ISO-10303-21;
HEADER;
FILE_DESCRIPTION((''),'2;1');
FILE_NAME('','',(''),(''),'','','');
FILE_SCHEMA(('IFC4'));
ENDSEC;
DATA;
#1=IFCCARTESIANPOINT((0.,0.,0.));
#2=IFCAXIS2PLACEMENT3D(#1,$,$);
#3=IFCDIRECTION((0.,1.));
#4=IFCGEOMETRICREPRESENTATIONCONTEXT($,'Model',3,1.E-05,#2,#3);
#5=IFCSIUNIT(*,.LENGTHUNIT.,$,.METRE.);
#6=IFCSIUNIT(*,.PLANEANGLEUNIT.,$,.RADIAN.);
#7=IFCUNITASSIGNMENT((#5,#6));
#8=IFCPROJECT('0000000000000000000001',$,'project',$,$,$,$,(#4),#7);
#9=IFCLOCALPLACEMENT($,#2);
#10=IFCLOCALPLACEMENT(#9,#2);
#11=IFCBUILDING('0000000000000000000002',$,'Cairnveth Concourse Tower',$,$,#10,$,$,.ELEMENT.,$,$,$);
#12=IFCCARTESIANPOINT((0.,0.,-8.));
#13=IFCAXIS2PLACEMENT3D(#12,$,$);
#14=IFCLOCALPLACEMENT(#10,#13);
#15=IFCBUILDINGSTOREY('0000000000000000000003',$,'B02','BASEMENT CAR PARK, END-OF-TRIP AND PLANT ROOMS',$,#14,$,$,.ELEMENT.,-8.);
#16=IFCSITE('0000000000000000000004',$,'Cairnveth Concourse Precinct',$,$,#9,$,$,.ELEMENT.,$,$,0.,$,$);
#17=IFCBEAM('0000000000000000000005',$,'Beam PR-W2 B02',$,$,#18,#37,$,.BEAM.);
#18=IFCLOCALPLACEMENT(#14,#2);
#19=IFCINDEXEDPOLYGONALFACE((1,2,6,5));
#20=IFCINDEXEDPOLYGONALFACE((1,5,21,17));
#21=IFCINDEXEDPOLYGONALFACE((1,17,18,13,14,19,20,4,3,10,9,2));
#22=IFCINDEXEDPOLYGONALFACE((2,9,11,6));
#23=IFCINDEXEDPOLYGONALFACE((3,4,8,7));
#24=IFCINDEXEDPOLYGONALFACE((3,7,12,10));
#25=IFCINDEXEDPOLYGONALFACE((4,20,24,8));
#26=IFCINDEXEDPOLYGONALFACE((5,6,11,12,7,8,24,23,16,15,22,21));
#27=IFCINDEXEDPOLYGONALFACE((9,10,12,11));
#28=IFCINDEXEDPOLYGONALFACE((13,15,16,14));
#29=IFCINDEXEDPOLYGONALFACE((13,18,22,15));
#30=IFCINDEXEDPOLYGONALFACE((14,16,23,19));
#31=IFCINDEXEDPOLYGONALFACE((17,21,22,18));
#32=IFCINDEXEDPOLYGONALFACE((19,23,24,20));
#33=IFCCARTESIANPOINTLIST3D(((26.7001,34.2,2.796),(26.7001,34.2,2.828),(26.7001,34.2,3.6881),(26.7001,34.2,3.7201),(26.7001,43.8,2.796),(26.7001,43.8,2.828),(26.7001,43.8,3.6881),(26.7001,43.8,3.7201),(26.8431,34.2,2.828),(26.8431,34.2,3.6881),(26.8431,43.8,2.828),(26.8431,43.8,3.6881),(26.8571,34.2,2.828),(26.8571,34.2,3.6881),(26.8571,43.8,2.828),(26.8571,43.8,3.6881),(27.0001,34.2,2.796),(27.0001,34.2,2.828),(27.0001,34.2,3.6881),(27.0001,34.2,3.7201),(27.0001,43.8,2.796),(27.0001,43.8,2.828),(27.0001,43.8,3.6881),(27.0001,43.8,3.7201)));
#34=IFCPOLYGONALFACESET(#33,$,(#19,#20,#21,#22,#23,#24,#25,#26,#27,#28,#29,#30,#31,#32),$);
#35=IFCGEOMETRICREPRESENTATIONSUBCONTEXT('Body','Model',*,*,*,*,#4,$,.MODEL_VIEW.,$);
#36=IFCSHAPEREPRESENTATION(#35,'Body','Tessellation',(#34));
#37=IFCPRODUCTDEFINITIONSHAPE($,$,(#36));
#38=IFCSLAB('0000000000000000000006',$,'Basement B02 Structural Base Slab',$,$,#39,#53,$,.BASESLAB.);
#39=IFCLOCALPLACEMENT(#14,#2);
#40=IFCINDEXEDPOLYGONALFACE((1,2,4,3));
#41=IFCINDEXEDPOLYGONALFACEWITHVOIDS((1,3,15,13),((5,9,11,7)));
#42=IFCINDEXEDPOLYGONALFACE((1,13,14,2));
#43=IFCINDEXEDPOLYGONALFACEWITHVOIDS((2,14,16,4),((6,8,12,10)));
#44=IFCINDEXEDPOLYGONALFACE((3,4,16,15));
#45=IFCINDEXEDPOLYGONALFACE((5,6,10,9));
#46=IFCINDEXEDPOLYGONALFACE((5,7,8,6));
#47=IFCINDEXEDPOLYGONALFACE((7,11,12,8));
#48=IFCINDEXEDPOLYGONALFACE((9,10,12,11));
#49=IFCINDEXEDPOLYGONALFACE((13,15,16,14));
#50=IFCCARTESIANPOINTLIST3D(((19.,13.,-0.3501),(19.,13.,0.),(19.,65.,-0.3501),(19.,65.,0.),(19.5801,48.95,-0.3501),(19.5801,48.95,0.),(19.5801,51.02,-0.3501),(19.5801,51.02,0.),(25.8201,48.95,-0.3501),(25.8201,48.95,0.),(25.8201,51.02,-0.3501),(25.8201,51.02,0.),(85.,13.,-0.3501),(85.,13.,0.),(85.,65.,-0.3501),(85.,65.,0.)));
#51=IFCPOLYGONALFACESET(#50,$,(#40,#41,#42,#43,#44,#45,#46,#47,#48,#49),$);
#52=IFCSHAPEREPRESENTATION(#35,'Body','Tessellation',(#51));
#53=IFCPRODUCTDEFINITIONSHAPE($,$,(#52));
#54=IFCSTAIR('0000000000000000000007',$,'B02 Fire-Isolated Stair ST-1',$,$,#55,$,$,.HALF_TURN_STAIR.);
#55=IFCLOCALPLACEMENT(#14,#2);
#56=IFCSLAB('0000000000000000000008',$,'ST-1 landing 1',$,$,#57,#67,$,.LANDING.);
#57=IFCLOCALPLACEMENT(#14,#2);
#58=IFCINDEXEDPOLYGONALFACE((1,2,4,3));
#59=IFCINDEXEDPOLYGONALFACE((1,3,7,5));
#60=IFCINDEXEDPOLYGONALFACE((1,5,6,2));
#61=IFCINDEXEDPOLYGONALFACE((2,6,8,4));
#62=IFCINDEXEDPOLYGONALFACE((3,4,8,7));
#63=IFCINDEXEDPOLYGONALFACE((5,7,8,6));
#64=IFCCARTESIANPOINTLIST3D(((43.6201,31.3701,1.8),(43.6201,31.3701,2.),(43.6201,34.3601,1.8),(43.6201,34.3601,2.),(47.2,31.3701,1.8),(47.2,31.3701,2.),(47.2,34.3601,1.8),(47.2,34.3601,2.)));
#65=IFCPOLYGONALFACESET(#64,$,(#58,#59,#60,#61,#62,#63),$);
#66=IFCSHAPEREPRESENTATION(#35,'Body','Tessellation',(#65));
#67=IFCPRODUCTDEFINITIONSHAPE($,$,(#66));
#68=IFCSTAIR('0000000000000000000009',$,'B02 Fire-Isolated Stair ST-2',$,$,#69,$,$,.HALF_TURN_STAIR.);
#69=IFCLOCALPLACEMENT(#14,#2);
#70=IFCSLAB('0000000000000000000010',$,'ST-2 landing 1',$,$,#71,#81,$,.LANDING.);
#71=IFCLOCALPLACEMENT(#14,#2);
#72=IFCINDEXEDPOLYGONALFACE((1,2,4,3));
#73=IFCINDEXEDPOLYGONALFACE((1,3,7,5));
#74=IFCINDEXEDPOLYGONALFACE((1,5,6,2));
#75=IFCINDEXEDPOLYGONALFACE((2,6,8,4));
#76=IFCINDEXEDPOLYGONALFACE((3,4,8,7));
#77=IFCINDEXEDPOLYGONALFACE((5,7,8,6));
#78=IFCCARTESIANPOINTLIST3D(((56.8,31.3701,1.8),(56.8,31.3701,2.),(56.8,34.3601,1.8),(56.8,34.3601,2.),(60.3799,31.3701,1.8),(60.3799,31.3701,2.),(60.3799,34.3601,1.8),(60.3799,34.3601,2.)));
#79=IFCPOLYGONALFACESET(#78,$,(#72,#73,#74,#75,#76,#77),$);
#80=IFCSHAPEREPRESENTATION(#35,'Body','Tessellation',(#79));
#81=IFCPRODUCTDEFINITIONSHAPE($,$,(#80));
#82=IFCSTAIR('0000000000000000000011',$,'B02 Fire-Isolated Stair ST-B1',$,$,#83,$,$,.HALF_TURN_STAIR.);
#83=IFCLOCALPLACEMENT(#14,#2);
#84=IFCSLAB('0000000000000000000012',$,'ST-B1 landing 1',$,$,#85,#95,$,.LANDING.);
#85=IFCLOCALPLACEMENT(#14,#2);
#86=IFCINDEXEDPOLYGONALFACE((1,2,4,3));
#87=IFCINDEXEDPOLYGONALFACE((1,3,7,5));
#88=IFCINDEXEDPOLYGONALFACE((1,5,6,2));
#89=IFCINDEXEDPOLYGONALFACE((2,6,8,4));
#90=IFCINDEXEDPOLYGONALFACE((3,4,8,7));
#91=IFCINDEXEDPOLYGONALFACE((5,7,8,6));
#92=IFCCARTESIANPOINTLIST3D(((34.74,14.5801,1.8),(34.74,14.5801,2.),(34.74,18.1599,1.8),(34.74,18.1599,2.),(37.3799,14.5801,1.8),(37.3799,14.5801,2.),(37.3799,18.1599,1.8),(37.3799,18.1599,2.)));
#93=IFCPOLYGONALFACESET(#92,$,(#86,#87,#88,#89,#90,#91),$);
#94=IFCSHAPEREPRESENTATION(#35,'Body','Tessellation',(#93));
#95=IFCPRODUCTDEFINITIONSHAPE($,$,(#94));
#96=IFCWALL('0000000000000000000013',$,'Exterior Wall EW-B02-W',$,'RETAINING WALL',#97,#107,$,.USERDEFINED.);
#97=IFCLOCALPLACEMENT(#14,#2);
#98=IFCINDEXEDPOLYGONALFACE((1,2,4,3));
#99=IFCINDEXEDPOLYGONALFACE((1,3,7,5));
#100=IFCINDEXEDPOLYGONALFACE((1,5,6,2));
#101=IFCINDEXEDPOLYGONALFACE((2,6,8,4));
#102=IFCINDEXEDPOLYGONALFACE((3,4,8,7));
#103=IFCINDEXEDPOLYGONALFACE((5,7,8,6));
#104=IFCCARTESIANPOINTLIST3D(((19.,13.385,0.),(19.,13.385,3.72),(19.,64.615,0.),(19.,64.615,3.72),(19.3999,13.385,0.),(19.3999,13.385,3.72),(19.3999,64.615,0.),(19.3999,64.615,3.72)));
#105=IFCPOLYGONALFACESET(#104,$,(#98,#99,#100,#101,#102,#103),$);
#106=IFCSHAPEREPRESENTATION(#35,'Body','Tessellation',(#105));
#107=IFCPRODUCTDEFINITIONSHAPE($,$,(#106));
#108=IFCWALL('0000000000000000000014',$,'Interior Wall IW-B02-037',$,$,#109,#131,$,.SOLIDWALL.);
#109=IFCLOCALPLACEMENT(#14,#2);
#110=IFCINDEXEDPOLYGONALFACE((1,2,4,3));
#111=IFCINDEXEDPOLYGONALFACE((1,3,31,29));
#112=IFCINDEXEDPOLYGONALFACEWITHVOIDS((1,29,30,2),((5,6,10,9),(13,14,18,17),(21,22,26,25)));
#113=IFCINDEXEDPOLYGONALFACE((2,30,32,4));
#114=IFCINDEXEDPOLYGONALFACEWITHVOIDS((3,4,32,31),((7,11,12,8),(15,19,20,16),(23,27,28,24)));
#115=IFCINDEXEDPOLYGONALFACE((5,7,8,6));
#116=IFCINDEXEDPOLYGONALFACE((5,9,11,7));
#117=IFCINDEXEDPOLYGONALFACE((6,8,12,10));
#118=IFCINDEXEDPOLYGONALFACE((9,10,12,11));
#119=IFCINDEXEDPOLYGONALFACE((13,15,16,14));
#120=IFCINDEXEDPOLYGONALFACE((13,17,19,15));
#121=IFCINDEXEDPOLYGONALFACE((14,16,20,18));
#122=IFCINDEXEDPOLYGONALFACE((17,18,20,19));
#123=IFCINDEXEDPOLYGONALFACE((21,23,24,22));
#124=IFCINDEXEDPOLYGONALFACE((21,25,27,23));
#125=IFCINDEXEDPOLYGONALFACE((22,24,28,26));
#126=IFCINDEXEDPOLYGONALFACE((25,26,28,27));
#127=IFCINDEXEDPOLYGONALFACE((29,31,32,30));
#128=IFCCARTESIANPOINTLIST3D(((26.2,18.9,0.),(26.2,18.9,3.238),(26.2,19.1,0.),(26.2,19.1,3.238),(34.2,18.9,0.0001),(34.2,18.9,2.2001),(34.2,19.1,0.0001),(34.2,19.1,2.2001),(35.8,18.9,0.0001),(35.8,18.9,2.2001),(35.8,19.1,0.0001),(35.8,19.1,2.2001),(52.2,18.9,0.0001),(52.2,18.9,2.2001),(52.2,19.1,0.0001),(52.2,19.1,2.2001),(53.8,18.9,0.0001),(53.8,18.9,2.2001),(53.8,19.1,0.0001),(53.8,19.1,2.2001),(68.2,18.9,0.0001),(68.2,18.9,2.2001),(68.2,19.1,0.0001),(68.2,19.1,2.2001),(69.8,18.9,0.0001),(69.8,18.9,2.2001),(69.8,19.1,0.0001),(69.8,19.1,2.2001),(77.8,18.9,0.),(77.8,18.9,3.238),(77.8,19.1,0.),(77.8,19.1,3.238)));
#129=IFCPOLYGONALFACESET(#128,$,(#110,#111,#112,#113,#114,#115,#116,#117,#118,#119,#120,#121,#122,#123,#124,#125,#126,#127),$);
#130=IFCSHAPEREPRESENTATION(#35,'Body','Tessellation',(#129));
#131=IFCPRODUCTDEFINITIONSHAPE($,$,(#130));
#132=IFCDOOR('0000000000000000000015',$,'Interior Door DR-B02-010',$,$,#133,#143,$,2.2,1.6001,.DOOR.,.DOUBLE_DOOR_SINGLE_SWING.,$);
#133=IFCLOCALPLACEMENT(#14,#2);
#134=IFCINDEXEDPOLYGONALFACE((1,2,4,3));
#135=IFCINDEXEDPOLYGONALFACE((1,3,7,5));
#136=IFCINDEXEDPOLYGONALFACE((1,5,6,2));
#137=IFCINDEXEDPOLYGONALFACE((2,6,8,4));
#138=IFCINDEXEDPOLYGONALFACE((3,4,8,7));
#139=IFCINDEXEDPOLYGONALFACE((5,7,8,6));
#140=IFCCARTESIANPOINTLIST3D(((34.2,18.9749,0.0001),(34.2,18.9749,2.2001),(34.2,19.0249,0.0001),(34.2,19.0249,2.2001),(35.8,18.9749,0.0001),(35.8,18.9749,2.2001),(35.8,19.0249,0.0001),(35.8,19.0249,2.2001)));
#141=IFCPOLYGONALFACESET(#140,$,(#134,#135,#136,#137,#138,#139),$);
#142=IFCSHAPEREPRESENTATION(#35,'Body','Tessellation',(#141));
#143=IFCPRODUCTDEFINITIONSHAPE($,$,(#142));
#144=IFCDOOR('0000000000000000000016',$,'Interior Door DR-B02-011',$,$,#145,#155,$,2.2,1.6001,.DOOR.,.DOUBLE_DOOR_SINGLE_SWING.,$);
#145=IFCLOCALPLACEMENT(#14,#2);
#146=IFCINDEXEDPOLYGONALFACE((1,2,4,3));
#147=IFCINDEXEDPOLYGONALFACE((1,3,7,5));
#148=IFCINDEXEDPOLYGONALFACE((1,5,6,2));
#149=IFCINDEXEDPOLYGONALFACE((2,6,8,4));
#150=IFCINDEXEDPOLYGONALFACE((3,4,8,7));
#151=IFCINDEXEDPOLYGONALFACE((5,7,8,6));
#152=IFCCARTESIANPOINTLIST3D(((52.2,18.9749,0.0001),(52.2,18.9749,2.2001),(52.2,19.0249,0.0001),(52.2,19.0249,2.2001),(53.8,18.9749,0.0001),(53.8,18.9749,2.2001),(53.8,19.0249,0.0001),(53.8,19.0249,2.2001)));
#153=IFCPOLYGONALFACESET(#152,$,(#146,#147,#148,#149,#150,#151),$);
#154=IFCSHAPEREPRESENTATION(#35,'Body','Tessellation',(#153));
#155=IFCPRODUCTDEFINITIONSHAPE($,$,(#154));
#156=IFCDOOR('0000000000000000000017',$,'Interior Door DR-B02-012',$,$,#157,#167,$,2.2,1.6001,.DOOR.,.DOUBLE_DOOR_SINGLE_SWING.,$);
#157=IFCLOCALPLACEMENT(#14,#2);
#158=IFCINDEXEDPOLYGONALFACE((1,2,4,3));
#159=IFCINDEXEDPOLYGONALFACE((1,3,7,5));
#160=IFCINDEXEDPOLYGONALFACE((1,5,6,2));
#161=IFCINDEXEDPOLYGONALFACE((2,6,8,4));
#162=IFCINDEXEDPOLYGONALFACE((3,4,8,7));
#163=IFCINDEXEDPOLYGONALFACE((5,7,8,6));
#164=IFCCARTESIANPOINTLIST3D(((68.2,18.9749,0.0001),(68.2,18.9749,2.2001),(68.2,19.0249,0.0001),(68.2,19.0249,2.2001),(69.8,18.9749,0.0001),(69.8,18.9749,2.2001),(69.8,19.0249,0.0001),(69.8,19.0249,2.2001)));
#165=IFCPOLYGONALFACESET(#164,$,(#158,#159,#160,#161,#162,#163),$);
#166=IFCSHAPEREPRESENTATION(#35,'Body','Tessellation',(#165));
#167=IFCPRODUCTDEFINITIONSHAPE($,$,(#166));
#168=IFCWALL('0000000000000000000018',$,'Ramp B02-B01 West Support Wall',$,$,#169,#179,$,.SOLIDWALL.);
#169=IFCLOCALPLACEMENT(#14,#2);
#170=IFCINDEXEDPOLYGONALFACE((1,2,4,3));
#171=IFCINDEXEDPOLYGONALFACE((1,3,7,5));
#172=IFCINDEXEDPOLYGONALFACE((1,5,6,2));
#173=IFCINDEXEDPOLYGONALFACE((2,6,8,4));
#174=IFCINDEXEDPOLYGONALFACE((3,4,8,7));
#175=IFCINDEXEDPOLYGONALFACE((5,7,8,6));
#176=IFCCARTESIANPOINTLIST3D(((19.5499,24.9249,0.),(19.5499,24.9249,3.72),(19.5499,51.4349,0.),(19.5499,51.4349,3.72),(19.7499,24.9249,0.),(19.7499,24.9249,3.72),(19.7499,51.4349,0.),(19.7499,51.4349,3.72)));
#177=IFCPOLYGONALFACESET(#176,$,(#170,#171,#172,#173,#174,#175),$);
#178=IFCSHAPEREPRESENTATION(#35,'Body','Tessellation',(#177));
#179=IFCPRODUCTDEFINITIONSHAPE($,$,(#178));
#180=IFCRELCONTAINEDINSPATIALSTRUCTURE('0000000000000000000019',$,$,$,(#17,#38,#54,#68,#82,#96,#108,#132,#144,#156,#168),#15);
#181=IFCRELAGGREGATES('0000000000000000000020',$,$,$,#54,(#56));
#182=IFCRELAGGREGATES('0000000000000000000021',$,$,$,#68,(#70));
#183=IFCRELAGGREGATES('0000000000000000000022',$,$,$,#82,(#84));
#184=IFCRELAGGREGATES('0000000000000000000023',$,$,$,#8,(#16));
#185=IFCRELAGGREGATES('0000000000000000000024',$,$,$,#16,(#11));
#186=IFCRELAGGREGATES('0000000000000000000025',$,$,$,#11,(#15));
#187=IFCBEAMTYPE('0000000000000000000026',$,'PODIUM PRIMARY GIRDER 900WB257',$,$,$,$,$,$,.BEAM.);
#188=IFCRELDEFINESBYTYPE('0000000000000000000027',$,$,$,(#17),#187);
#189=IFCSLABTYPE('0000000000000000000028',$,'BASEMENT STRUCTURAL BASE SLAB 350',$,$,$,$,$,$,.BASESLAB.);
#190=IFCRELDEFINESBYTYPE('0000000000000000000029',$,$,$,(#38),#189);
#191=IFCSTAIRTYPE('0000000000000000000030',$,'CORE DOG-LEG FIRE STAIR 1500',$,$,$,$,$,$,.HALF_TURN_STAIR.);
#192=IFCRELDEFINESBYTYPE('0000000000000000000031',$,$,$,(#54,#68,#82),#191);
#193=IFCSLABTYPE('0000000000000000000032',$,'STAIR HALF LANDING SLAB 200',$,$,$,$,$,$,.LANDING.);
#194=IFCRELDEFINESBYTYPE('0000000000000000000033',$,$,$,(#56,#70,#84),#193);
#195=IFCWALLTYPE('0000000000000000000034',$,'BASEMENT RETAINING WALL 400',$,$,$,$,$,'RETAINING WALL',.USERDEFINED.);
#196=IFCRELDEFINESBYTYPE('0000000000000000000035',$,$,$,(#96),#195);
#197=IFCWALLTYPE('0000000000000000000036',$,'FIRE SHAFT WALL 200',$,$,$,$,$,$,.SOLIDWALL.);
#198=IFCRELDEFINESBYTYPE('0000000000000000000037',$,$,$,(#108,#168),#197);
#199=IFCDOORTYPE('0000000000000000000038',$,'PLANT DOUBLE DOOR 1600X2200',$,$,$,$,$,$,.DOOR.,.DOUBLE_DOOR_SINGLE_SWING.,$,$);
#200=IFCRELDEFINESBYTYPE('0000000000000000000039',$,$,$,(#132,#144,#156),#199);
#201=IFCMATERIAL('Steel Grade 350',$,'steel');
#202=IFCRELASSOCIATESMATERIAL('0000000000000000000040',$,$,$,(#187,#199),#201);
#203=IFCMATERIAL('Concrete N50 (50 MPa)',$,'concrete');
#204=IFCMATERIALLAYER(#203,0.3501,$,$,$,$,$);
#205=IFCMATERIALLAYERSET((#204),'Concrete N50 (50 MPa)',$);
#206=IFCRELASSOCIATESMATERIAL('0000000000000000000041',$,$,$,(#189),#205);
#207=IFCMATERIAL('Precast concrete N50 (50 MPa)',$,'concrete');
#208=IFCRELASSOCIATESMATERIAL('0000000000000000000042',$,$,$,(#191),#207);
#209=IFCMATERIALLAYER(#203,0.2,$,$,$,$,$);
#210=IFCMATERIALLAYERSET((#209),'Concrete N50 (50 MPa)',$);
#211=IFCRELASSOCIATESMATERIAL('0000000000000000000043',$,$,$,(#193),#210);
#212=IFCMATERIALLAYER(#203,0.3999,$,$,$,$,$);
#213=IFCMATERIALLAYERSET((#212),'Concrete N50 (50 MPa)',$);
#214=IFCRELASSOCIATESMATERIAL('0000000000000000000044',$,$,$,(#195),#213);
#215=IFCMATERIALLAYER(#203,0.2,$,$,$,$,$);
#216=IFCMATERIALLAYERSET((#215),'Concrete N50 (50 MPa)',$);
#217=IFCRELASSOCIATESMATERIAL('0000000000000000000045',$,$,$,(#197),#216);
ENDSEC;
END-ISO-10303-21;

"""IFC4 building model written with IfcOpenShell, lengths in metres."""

from ifc_helpers import new_model, si_unit, direction, frame, frame_2d, origin, origin_2d, place, context, subcontext, project, spatial, polyline, rectangle, i_section, outline, extrude, material, layer, layer_set, material_profile, profile_set, type_object, element, fill, aggregate, save


model = new_model("IFC4")

# Units and contexts
model_context = context("Model", 3, precision=1e-05, world=origin(), true_north=direction((0.0, 1.0)))
body_context = subcontext(model_context, "Body", "Model", "MODEL_VIEW")
ifc_project = project(units=[si_unit("LENGTHUNIT", "METRE"), si_unit("PLANEANGLEUNIT", "RADIAN")], contexts=[model_context])

# Site, building, storey
site_placement = place(None, origin())
site = spatial("IfcSite", under=ifc_project, at=site_placement, Name="Cairnveth Concourse Precinct", CompositionType="ELEMENT", RefElevation=0.0)
building_placement = place(site_placement, origin())
building = spatial("IfcBuilding", under=site, at=building_placement, Name="Cairnveth Concourse Tower", CompositionType="ELEMENT")
storey_placement = place(building_placement, frame((0.0, 0.0, -8.0)))
storey = spatial("IfcBuildingStorey", under=building, at=storey_placement, Name="B02", Description="BASEMENT CAR PARK, END-OF-TRIP AND PLANT ROOMS", CompositionType="ELEMENT", Elevation=-8.0)

# Shared definitions
ifc_material_1 = material(Name="Concrete N50 (50 MPa)", Category="concrete")

# Beam
ifc_material_2 = material(Name="Steel Grade 350", Category="steel")
ifc_material_profile_1 = material_profile(ifc_material_2, i_section(OverallWidth=0.3, OverallDepth=0.9241, WebThickness=0.0139, FlangeThickness=0.032, at=origin_2d()), Name="900WB257")
ifc_profile_set_1 = profile_set([ifc_material_profile_1], Name="Steel Grade 350")
beam_type_1 = type_object("IfcBeamType", Name="PODIUM PRIMARY GIRDER 900WB257", PredefinedType="BEAM", material=ifc_profile_set_1)
beam_1_placement = place(storey_placement, frame((26.8501, 34.2, 3.2581), z_axis=(0.0, 1.0, 0.0), x_axis=(-1.0, 0.0, 0.0)))
element("IfcBeam", 1, at=beam_1_placement, inside=storey, type_object=beam_type_1, Name="Beam PR-W2 B02", PredefinedType="BEAM", context=body_context, shape_type="SweptSolid", body=[
    extrude(i_section(OverallWidth=0.3, OverallDepth=0.9241, WebThickness=0.0139, FlangeThickness=0.032, at=origin_2d()), origin(), (0.0, 0.0, 1.0), 9.6001),
])

# Slab
ifc_layer_1 = layer(ifc_material_1, 0.3501)
ifc_layer_set_1 = layer_set([ifc_layer_1], Name="Concrete N50 (50 MPa)")
slab_type_1 = type_object("IfcSlabType", Name="BASEMENT STRUCTURAL BASE SLAB 350", PredefinedType="BASESLAB", material=ifc_layer_set_1)
slab_1_placement = place(storey_placement, frame((0.0, 0.0, -0.3501)))
element("IfcSlab", 2, at=slab_1_placement, inside=storey, type_object=slab_type_1, Name="Basement B02 Structural Base Slab", PredefinedType="BASESLAB", context=body_context, shape_type="SweptSolid", body=[
    extrude(outline(polyline([(19.0, 13.0), (85.0, 13.0), (85.0, 65.0), (19.0, 65.0), (19.0, 13.0)]), holes=[polyline([(19.5801, 48.95), (25.8201, 48.95), (25.8201, 51.02), (19.5801, 51.02), (19.5801, 48.95)])]), origin(), (0.0, 0.0, 1.0), 0.3501),
])

# Stairs, slabs
ifc_material_3 = material(Name="Precast concrete N50 (50 MPa)", Category="concrete")
stair_type = type_object("IfcStairType", Name="CORE DOG-LEG FIRE STAIR 1500", PredefinedType="HALF_TURN_STAIR", material=ifc_material_3)
stair_1_placement = place(storey_placement, origin())
stair_1 = element("IfcStair", 3, at=stair_1_placement, inside=storey, type_object=stair_type, Name="B02 Fire-Isolated Stair ST-1", PredefinedType="HALF_TURN_STAIR")
ifc_layer_2 = layer(ifc_material_1, 0.2)
ifc_layer_set_2 = layer_set([ifc_layer_2], Name="Concrete N50 (50 MPa)")
slab_type_2 = type_object("IfcSlabType", Name="STAIR HALF LANDING SLAB 200", PredefinedType="LANDING", material=ifc_layer_set_2)
slab_2_placement = place(storey_placement, frame((0.0, 0.0, 1.8)))
slab_2 = element("IfcSlab", 4, at=slab_2_placement, type_object=slab_type_2, Name="ST-1 landing 1", PredefinedType="LANDING", context=body_context, shape_type="SweptSolid", body=[
    extrude(outline(polyline([(43.6201, 34.3601), (43.6201, 31.3701), (47.2, 31.3701), (47.2, 34.3601), (43.6201, 34.3601)])), origin(), (0.0, 0.0, 1.0), 0.2),
])
aggregate(stair_1, [slab_2])
stair_2_placement = place(storey_placement, origin())
stair_2 = element("IfcStair", 5, at=stair_2_placement, inside=storey, type_object=stair_type, Name="B02 Fire-Isolated Stair ST-2", PredefinedType="HALF_TURN_STAIR")
slab_3_placement = place(storey_placement, frame((0.0, 0.0, 1.8)))
slab_3 = element("IfcSlab", 6, at=slab_3_placement, type_object=slab_type_2, Name="ST-2 landing 1", PredefinedType="LANDING", context=body_context, shape_type="SweptSolid", body=[
    extrude(outline(polyline([(56.8, 34.3601), (56.8, 31.3701), (60.3799, 31.3701), (60.3799, 34.3601), (56.8, 34.3601)])), origin(), (0.0, 0.0, 1.0), 0.2),
])
aggregate(stair_2, [slab_3])
stair_3_placement = place(storey_placement, origin())
stair_3 = element("IfcStair", 7, at=stair_3_placement, inside=storey, type_object=stair_type, Name="B02 Fire-Isolated Stair ST-B1", PredefinedType="HALF_TURN_STAIR")
slab_4_placement = place(storey_placement, frame((0.0, 0.0, 1.8)))
slab_4 = element("IfcSlab", 8, at=slab_4_placement, type_object=slab_type_2, Name="ST-B1 landing 1", PredefinedType="LANDING", context=body_context, shape_type="SweptSolid", body=[
    extrude(outline(polyline([(34.74, 14.5801), (37.3799, 14.5801), (37.3799, 18.1599), (34.74, 18.1599), (34.74, 14.5801)])), origin(), (0.0, 0.0, 1.0), 0.2),
])
aggregate(stair_3, [slab_4])

# Wall
ifc_layer_3 = layer(ifc_material_1, 0.3999)
ifc_layer_set_3 = layer_set([ifc_layer_3], Name="Concrete N50 (50 MPa)")
wall_type_1 = type_object("IfcWallType", Name="BASEMENT RETAINING WALL 400", ElementType="RETAINING WALL", PredefinedType="USERDEFINED", material=ifc_layer_set_3)
wall_1_placement = place(storey_placement, frame((19.2, 13.385, 0.0), z_axis=(0.0, 0.0, 1.0), x_axis=(0.0, 1.0, 0.0)))
element("IfcWall", 9, at=wall_1_placement, inside=storey, type_object=wall_type_1, Name="Exterior Wall EW-B02-W", ObjectType="RETAINING WALL", PredefinedType="USERDEFINED", context=body_context, shape_type="SweptSolid", body=[
    extrude(rectangle(XDim=51.23, YDim=0.3999, at=frame_2d((25.615, 0.0))), origin(), (0.0, 0.0, 1.0), 3.72),
])

# Wall, openings, doors
ifc_layer_4 = layer(ifc_material_1, 0.2)
ifc_layer_set_4 = layer_set([ifc_layer_4], Name="Concrete N50 (50 MPa)")
wall_type_2 = type_object("IfcWallType", Name="FIRE SHAFT WALL 200", PredefinedType="SOLIDWALL", material=ifc_layer_set_4)
wall_2_placement = place(storey_placement, frame((26.2, 19.0, 0.0), z_axis=(0.0, 0.0, 1.0), x_axis=(1.0, 0.0, 0.0)))
wall_2 = element("IfcWall", 10, at=wall_2_placement, inside=storey, type_object=wall_type_2, Name="Interior Wall IW-B02-037", PredefinedType="SOLIDWALL", context=body_context, shape_type="SweptSolid", body=[
    extrude(rectangle(XDim=51.6001, YDim=0.2, at=frame_2d((25.8, 0.0))), origin(), (0.0, 0.0, 1.0), 3.238),
])
opening_1_placement = place(wall_2_placement, frame((8.0, 0.0, 0.0)))
opening_1 = element("IfcOpeningElement", 11, at=opening_1_placement, cuts=wall_2, PredefinedType="OPENING", context=body_context, shape_type="SweptSolid", body=[
    extrude(rectangle(XDim=1.6001, YDim=2.2, at=frame_2d((0.8, 1.1001))), frame((0.0, 0.1099, 0.0), z_axis=(0.0, -1.0, 0.0), x_axis=(1.0, 0.0, 0.0)), (0.0, 0.0, 1.0), 0.22),
])
opening_2_placement = place(wall_2_placement, frame((26.0, 0.0, 0.0)))
opening_2 = element("IfcOpeningElement", 12, at=opening_2_placement, cuts=wall_2, PredefinedType="OPENING", context=body_context, shape_type="SweptSolid", body=[
    extrude(rectangle(XDim=1.6001, YDim=2.2, at=frame_2d((0.8, 1.1001))), frame((0.0, 0.1099, 0.0), z_axis=(0.0, -1.0, 0.0), x_axis=(1.0, 0.0, 0.0)), (0.0, 0.0, 1.0), 0.22),
])
opening_3_placement = place(wall_2_placement, frame((42.0, 0.0, 0.0)))
opening_3 = element("IfcOpeningElement", 13, at=opening_3_placement, cuts=wall_2, PredefinedType="OPENING", context=body_context, shape_type="SweptSolid", body=[
    extrude(rectangle(XDim=1.6001, YDim=2.2, at=frame_2d((0.8, 1.1001))), frame((0.0, 0.1099, 0.0), z_axis=(0.0, -1.0, 0.0), x_axis=(1.0, 0.0, 0.0)), (0.0, 0.0, 1.0), 0.22),
])
door_type = type_object("IfcDoorType", Name="PLANT DOUBLE DOOR 1600X2200", OperationType="DOUBLE_DOOR_SINGLE_SWING", PredefinedType="DOOR", material=ifc_material_2)
door_1_placement = place(opening_1_placement, origin())
door_1 = element("IfcDoor", 14, at=door_1_placement, inside=storey, type_object=door_type, Name="Interior Door DR-B02-010", OperationType="DOUBLE_DOOR_SINGLE_SWING", OverallHeight=2.2, OverallWidth=1.6001, PredefinedType="DOOR", context=body_context, shape_type="SweptSolid", body=[
    extrude(rectangle(XDim=1.6001, YDim=2.2, at=frame_2d((0.8, 1.1001))), frame((0.0, 0.0249, 0.0), z_axis=(0.0, -1.0, 0.0), x_axis=(1.0, 0.0, 0.0)), (0.0, 0.0, 1.0), 0.05),
])
fill(opening_1, door_1)
door_2_placement = place(opening_2_placement, origin())
door_2 = element("IfcDoor", 15, at=door_2_placement, inside=storey, type_object=door_type, Name="Interior Door DR-B02-011", OperationType="DOUBLE_DOOR_SINGLE_SWING", OverallHeight=2.2, OverallWidth=1.6001, PredefinedType="DOOR", context=body_context, shape_type="SweptSolid", body=[
    extrude(rectangle(XDim=1.6001, YDim=2.2, at=frame_2d((0.8, 1.1001))), frame((0.0, 0.0249, 0.0), z_axis=(0.0, -1.0, 0.0), x_axis=(1.0, 0.0, 0.0)), (0.0, 0.0, 1.0), 0.05),
])
fill(opening_2, door_2)
door_3_placement = place(opening_3_placement, origin())
door_3 = element("IfcDoor", 16, at=door_3_placement, inside=storey, type_object=door_type, Name="Interior Door DR-B02-012", OperationType="DOUBLE_DOOR_SINGLE_SWING", OverallHeight=2.2, OverallWidth=1.6001, PredefinedType="DOOR", context=body_context, shape_type="SweptSolid", body=[
    extrude(rectangle(XDim=1.6001, YDim=2.2, at=frame_2d((0.8, 1.1001))), frame((0.0, 0.0249, 0.0), z_axis=(0.0, -1.0, 0.0), x_axis=(1.0, 0.0, 0.0)), (0.0, 0.0, 1.0), 0.05),
])
fill(opening_3, door_3)

# Wall
for number, where, z_axis, x_axis, name in (
    (17, (19.6499, 24.925, 0.0), (0.0, 0.0, 1.0), (0.0, 1.0, 0.0), "Ramp B02-B01 West Support Wall"),
):
    element("IfcWall", number, at=place(storey_placement, frame(where, z_axis=z_axis, x_axis=x_axis)), inside=storey, type_object=wall_type_2, Name=name, PredefinedType="SOLIDWALL", context=body_context, shape_type="SweptSolid", body=[
        extrude(rectangle(XDim=26.51, YDim=0.2, at=frame_2d((13.2549, 0.0))), origin(), (0.0, 0.0, 1.0), 3.72),
    ])

save(model, "model.ifc")
